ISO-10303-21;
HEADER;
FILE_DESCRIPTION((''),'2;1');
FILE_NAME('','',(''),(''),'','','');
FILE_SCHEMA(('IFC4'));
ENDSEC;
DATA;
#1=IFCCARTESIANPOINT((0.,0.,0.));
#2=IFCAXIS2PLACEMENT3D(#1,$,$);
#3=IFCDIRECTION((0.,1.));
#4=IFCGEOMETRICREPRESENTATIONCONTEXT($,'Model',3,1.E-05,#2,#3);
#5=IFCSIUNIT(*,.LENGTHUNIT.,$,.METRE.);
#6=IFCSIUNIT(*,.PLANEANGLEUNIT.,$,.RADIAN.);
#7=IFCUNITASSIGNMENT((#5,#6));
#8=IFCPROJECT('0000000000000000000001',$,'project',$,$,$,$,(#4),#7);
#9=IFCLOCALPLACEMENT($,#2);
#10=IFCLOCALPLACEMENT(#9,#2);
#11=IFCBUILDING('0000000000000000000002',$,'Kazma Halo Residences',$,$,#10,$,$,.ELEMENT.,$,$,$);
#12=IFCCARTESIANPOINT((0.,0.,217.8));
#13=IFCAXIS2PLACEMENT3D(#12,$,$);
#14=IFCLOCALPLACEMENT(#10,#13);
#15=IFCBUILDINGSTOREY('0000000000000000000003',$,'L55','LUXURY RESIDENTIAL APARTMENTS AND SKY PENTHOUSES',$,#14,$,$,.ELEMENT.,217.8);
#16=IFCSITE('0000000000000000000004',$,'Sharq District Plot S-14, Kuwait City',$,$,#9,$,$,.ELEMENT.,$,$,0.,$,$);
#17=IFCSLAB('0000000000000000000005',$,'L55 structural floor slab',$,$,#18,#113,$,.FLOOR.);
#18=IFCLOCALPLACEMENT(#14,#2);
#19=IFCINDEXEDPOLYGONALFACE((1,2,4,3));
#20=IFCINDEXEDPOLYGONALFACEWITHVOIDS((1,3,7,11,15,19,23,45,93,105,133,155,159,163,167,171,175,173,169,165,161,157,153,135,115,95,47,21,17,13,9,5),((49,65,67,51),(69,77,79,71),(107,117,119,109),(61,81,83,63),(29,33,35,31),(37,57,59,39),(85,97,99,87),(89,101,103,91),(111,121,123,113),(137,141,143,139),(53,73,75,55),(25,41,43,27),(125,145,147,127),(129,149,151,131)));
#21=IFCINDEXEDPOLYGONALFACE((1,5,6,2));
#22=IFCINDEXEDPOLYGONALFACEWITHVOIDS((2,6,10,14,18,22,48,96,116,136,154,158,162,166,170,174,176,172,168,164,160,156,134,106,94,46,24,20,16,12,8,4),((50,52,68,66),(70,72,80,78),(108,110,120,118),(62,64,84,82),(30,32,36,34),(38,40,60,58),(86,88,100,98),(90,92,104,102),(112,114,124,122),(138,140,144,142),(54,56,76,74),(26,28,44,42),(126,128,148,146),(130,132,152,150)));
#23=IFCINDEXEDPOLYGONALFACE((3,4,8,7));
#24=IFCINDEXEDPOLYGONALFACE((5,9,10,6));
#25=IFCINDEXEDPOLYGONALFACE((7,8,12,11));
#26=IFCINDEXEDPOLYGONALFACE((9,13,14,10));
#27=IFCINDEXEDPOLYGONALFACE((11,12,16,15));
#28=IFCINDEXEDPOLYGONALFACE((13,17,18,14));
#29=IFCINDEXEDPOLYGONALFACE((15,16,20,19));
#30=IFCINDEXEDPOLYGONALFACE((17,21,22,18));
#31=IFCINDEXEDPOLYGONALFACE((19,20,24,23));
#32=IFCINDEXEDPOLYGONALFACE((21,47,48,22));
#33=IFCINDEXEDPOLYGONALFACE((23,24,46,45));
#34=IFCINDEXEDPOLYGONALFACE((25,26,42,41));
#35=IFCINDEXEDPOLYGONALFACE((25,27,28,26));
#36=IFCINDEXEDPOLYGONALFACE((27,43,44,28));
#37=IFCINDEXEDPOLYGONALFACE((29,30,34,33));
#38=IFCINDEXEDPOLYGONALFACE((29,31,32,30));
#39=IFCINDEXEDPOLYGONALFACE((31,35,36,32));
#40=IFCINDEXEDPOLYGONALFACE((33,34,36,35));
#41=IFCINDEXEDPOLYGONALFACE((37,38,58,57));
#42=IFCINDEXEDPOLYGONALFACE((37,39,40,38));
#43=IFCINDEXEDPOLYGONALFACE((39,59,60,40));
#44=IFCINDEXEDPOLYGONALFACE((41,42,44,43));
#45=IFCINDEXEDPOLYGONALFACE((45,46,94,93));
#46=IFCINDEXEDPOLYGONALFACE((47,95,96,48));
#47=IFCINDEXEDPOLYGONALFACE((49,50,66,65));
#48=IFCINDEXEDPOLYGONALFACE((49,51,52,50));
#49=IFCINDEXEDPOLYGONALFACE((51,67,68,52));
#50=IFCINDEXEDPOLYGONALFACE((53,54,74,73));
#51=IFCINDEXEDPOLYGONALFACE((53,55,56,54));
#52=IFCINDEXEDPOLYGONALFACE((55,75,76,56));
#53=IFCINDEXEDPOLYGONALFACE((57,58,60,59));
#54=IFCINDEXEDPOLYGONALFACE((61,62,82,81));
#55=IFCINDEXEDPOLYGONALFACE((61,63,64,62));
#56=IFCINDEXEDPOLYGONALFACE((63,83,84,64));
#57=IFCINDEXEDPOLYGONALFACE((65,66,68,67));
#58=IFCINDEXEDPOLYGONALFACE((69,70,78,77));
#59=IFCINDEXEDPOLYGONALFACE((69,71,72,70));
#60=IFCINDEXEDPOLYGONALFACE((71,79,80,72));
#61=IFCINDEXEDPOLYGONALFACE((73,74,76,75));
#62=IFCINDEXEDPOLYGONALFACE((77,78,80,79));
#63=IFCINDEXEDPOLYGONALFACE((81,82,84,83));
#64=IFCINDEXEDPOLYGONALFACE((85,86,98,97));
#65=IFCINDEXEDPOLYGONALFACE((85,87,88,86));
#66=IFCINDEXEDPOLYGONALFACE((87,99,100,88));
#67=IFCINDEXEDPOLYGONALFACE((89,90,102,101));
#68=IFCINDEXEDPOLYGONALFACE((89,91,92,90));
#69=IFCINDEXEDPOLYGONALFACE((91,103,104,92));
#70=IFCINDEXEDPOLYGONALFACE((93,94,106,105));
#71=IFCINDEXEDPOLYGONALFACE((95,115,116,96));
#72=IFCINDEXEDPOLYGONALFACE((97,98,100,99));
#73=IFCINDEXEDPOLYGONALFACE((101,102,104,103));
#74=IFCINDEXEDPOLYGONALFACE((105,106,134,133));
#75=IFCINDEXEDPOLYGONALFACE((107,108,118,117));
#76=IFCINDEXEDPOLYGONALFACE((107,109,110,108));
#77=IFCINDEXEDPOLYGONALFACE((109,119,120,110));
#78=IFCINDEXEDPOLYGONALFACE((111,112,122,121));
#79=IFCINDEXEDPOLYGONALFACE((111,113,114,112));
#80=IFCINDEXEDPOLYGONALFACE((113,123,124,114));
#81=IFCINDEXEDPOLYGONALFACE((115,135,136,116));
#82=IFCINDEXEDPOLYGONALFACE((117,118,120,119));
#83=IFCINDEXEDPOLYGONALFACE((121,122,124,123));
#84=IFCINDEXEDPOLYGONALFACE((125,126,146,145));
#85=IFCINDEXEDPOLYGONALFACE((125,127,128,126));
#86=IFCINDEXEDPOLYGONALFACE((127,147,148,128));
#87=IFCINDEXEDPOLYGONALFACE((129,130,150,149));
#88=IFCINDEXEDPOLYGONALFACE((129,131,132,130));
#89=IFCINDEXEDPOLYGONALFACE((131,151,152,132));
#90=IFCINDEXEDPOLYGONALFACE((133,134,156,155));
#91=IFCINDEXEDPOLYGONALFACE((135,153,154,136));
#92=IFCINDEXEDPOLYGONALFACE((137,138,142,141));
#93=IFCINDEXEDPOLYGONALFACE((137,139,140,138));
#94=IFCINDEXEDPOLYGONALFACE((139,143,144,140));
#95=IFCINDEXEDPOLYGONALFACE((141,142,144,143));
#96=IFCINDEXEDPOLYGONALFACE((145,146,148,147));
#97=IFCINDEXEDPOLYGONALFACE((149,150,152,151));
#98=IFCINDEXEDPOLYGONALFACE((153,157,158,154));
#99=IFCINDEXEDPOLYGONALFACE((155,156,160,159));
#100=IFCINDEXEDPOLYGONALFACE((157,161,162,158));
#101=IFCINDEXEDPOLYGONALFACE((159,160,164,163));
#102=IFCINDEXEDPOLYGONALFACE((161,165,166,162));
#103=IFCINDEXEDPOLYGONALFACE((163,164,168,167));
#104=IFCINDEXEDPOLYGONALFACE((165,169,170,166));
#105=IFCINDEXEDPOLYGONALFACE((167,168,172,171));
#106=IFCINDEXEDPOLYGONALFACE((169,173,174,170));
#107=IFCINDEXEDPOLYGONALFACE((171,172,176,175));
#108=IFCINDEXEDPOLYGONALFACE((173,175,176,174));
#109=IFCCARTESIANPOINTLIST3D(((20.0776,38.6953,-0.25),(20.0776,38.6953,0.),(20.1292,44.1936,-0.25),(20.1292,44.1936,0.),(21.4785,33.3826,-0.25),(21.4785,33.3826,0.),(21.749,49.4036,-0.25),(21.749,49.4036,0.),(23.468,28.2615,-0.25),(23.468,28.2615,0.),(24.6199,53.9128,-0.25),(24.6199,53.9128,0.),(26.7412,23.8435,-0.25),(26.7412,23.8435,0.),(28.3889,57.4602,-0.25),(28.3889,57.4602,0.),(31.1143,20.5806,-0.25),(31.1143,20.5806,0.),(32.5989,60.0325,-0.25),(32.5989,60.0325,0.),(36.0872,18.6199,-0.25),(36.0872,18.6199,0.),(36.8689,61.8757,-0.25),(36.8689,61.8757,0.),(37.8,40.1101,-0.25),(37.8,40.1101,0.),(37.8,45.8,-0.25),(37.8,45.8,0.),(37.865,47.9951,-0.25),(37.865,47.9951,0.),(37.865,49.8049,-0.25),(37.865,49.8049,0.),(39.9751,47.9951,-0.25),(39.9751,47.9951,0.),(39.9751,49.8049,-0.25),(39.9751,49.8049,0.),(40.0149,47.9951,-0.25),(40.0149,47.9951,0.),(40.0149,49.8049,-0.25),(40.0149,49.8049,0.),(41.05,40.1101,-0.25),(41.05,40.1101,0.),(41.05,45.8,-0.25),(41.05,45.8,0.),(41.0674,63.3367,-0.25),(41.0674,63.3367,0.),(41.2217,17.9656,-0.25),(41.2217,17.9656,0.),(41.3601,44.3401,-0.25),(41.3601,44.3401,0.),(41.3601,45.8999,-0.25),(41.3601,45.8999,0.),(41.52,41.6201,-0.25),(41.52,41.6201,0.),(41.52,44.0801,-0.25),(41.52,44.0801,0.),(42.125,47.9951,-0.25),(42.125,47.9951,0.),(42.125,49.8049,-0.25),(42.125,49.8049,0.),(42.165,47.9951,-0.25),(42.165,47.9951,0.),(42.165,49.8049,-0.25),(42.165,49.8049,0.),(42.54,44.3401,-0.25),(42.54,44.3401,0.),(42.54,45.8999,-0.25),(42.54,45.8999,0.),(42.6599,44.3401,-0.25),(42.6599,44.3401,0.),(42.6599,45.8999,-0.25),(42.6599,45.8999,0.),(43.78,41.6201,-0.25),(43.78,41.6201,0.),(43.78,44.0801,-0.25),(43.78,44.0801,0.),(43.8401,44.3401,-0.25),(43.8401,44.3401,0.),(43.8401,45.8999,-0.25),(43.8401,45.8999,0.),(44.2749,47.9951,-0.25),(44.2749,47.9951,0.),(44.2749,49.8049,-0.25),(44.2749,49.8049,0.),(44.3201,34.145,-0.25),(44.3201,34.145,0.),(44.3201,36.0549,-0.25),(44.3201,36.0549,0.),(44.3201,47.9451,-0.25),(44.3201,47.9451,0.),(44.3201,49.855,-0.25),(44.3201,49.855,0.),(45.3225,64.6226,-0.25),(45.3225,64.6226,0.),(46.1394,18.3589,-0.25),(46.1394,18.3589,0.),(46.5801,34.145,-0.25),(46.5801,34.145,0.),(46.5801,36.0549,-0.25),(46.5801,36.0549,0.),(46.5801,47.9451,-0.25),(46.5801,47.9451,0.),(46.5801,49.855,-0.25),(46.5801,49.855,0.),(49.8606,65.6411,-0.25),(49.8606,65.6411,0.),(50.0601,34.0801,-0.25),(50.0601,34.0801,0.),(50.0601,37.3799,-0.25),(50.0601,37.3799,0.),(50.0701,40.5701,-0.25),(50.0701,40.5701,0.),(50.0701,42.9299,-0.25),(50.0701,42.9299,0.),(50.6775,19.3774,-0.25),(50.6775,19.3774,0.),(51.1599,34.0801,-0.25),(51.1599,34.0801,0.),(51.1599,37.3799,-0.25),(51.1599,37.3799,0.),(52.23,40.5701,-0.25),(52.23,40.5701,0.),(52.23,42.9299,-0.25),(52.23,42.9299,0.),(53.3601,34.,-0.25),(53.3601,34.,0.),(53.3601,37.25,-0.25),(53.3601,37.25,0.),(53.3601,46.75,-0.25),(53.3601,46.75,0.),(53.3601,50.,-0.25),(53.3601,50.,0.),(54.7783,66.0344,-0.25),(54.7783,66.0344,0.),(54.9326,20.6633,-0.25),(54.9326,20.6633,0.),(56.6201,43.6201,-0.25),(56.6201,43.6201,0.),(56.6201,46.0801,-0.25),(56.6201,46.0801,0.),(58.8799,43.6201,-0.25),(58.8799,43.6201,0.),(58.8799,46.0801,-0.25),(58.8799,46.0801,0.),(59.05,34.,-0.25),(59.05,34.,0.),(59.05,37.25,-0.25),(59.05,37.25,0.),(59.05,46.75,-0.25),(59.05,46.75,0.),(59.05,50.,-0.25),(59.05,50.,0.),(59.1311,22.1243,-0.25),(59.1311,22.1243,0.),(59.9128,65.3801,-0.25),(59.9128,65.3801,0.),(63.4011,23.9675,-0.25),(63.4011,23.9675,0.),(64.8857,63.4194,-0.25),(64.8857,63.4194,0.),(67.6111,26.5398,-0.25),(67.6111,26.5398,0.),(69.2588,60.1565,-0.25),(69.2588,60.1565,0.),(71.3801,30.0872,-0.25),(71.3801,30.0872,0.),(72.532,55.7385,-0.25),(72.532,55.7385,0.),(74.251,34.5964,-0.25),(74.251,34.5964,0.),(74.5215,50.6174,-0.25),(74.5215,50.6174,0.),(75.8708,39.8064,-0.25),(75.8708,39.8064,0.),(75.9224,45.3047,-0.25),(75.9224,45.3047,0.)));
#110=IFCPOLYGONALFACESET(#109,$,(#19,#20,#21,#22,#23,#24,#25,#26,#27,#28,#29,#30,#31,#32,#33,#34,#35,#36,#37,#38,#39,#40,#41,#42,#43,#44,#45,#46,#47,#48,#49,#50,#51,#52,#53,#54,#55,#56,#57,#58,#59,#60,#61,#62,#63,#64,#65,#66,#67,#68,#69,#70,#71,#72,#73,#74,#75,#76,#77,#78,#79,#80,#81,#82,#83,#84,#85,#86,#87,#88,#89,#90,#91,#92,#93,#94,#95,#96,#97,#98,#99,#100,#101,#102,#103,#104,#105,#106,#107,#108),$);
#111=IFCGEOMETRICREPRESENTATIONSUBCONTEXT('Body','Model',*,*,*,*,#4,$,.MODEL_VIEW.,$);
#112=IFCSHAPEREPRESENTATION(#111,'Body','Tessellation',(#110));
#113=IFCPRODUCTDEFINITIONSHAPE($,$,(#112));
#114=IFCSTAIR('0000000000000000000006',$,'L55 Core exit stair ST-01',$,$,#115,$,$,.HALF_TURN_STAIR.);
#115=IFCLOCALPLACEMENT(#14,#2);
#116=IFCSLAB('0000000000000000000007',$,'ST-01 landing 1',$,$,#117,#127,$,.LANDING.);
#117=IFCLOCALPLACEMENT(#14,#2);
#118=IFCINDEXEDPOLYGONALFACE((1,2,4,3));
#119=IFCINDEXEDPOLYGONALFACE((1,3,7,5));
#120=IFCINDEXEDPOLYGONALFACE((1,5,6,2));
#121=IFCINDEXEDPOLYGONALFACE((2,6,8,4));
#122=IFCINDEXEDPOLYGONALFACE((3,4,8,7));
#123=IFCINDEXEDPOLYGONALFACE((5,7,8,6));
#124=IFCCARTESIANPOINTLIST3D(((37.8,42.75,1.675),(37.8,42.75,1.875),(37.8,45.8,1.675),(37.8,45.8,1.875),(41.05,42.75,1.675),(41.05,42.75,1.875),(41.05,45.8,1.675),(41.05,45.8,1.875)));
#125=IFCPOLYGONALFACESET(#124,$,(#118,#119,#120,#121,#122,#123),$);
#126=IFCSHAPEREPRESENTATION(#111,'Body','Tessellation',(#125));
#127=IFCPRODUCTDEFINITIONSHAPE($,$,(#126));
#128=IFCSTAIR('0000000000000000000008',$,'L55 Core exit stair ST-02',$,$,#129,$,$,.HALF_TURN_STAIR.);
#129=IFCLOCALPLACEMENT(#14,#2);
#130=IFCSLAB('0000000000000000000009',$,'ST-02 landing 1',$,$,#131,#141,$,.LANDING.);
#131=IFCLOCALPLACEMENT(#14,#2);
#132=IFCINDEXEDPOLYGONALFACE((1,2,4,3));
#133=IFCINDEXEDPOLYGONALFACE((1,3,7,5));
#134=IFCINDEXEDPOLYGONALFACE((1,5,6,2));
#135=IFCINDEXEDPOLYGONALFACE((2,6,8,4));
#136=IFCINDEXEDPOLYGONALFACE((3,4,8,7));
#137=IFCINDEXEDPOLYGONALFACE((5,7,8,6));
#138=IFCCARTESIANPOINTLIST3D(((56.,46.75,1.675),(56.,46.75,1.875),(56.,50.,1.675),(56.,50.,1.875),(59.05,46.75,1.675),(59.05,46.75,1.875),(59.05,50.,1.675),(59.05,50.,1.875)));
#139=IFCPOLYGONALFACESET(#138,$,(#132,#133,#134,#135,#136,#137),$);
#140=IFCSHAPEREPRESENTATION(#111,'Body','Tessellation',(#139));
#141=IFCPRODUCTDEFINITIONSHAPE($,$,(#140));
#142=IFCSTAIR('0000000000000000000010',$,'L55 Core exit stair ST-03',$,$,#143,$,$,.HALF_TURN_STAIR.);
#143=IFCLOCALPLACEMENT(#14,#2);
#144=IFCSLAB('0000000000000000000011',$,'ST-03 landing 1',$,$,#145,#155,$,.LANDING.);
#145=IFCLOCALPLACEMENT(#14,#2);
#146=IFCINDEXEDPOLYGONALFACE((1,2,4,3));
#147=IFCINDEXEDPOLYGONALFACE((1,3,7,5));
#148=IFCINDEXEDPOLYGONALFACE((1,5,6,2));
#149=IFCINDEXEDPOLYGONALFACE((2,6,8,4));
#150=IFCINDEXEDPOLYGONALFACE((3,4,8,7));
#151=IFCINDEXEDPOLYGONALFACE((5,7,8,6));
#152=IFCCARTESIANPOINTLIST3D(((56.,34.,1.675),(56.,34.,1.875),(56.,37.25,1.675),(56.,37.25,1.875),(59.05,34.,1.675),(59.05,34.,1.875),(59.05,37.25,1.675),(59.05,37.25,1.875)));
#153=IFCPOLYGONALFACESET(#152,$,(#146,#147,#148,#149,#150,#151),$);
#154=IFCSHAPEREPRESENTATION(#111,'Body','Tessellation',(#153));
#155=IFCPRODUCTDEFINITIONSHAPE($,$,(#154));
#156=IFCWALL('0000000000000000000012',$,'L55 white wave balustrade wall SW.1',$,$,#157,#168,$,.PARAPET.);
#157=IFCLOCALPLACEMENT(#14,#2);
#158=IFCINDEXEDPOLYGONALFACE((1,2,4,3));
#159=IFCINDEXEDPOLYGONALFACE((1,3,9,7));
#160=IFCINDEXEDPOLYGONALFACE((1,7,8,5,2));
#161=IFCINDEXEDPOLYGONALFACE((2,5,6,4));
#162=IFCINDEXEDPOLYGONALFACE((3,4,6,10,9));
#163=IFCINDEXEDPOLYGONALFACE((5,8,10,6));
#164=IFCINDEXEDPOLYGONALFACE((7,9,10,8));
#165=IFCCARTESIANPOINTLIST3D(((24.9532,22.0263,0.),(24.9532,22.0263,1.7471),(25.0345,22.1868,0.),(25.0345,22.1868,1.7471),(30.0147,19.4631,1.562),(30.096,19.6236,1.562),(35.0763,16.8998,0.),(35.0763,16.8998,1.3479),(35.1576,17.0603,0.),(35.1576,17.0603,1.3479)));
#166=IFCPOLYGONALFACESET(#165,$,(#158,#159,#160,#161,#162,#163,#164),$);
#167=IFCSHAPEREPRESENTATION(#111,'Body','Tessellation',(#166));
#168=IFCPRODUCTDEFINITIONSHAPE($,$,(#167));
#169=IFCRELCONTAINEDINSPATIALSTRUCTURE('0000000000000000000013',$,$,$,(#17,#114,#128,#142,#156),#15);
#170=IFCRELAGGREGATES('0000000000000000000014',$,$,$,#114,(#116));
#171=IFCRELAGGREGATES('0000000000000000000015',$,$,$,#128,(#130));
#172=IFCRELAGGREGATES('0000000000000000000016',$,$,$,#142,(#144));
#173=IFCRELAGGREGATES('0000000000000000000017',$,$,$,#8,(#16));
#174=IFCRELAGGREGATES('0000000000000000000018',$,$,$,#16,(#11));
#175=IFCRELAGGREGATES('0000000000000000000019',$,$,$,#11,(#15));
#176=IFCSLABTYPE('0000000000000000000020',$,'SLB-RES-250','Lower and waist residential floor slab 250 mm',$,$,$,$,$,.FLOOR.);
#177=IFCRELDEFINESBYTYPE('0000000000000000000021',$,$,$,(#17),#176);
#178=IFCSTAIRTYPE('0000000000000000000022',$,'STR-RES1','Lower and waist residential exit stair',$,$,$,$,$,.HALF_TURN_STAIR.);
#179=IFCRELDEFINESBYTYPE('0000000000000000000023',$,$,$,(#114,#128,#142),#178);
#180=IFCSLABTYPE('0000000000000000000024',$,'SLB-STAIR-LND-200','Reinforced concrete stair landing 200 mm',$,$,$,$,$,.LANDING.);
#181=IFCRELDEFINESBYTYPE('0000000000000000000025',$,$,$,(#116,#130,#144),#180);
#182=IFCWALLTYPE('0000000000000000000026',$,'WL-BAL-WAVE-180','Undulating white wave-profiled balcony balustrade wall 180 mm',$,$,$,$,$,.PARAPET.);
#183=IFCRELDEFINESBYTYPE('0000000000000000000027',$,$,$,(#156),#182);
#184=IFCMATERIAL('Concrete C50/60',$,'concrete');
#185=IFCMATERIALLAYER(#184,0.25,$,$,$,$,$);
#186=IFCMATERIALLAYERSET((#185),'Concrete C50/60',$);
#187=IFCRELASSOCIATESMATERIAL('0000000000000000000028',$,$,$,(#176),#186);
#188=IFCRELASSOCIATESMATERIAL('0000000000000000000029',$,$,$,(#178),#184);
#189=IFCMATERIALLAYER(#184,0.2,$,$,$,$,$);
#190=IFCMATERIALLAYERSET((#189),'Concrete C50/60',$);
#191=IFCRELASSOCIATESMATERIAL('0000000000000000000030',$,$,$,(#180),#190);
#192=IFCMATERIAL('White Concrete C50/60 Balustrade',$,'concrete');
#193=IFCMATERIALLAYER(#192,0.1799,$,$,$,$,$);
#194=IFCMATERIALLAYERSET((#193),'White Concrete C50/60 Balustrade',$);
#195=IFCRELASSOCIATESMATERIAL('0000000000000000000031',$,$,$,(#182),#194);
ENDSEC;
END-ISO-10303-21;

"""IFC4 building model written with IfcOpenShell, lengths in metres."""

from ifc_helpers import new_model, si_unit, direction, frame, origin, place, context, subcontext, project, spatial, polyline, outline, extrude, material, layer, layer_set, type_object, element, aggregate, save


model = new_model("IFC4")

# Units and contexts
model_context = context("Model", 3, precision=1e-05, world=origin(), true_north=direction((0.0, 1.0)))
body_context = subcontext(model_context, "Body", "Model", "MODEL_VIEW")
ifc_project = project(units=[si_unit("LENGTHUNIT", "METRE"), si_unit("PLANEANGLEUNIT", "RADIAN")], contexts=[model_context])

# Site, building, storey
site_placement = place(None, origin())
site = spatial("IfcSite", under=ifc_project, at=site_placement, Name="Sharq District Plot S-14, Kuwait City", CompositionType="ELEMENT", RefElevation=0.0)
building_placement = place(site_placement, origin())
building = spatial("IfcBuilding", under=site, at=building_placement, Name="Kazma Halo Residences", CompositionType="ELEMENT")
storey_placement = place(building_placement, frame((0.0, 0.0, 217.8)))
storey = spatial("IfcBuildingStorey", under=building, at=storey_placement, Name="L55", Description="LUXURY RESIDENTIAL APARTMENTS AND SKY PENTHOUSES", CompositionType="ELEMENT", Elevation=217.8)

# Slab
ifc_material_1 = material(Name="Concrete C50/60", Category="concrete")
ifc_layer_1 = layer(ifc_material_1, 0.25)
ifc_layer_set_1 = layer_set([ifc_layer_1], Name="Concrete C50/60")
slab_type_1 = type_object("IfcSlabType", Name="SLB-RES-250", Description="Lower and waist residential floor slab 250 mm", PredefinedType="FLOOR", material=ifc_layer_set_1)
slab_1_placement = place(storey_placement, frame((0.0, 0.0, -0.25)))
element("IfcSlab", 1, at=slab_1_placement, inside=storey, type_object=slab_type_1, Name="L55 structural floor slab", PredefinedType="FLOOR", context=body_context, shape_type="SweptSolid", body=[
    extrude(outline(polyline([(74.5215, 50.6174), (72.532, 55.7385), (69.2588, 60.1565), (64.8857, 63.4194), (59.9128, 65.3801), (54.7783, 66.0344), (49.8606, 65.6411), (45.3225, 64.6226), (41.0674, 63.3367), (36.8689, 61.8757), (32.5989, 60.0325), (28.3889, 57.4602), (24.6199, 53.9128), (21.749, 49.4036), (20.1292, 44.1936), (20.0776, 38.6953), (21.4785, 33.3826), (23.468, 28.2615), (26.7412, 23.8435), (31.1143, 20.5806), (36.0872, 18.6199), (41.2217, 17.9656), (46.1394, 18.3589), (50.6775, 19.3774), (54.9326, 20.6633), (59.1311, 22.1243), (63.4011, 23.9675), (67.6111, 26.5398), (71.3801, 30.0872), (74.251, 34.5964), (75.8708, 39.8064), (75.9224, 45.3047), (74.5215, 50.6174)]), holes=[polyline([(37.8, 40.1101), (41.05, 40.1101), (41.05, 45.8), (37.8, 45.8), (37.8, 40.1101)]), polyline([(53.3601, 46.75), (59.05, 46.75), (59.05, 50.0), (53.3601, 50.0), (53.3601, 46.75)]), polyline([(53.3601, 34.0), (59.05, 34.0), (59.05, 37.25), (53.3601, 37.25), (53.3601, 34.0)]), polyline([(41.52, 41.6201), (43.78, 41.6201), (43.78, 44.0801), (41.52, 44.0801), (41.52, 41.6201)]), polyline([(56.6201, 43.6201), (58.8799, 43.6201), (58.8799, 46.0801), (56.6201, 46.0801), (56.6201, 43.6201)]), polyline([(37.865, 47.9951), (39.9751, 47.9951), (39.9751, 49.8049), (37.865, 49.8049), (37.865, 47.9951)]), polyline([(40.0149, 47.9951), (42.125, 47.9951), (42.125, 49.8049), (40.0149, 49.8049), (40.0149, 47.9951)]), polyline([(42.165, 47.9951), (44.2749, 47.9951), (44.2749, 49.8049), (42.165, 49.8049), (42.165, 47.9951)]), polyline([(44.3201, 47.9451), (46.5801, 47.9451), (46.5801, 49.855), (44.3201, 49.855), (44.3201, 47.9451)]), polyline([(44.3201, 34.145), (46.5801, 34.145), (46.5801, 36.0549), (44.3201, 36.0549), (44.3201, 34.145)]), polyline([(50.0701, 40.5701), (52.23, 40.5701), (52.23, 42.9299), (50.0701, 42.9299), (50.0701, 40.5701)]), polyline([(41.3601, 44.3401), (42.54, 44.3401), (42.54, 45.8999), (41.3601, 45.8999), (41.3601, 44.3401)]), polyline([(42.6599, 44.3401), (43.8401, 44.3401), (43.8401, 45.8999), (42.6599, 45.8999), (42.6599, 44.3401)]), polyline([(50.0601, 34.0801), (51.1599, 34.0801), (51.1599, 37.3799), (50.0601, 37.3799), (50.0601, 34.0801)])]), origin(), (0.0, 0.0, 1.0), 0.25),
])

# Stairs, slabs
stair_type = type_object("IfcStairType", Name="STR-RES1", Description="Lower and waist residential exit stair", PredefinedType="HALF_TURN_STAIR", material=ifc_material_1)
stair_1_placement = place(storey_placement, origin())
stair_1 = element("IfcStair", 2, at=stair_1_placement, inside=storey, type_object=stair_type, Name="L55 Core exit stair ST-01", PredefinedType="HALF_TURN_STAIR")
ifc_layer_2 = layer(ifc_material_1, 0.2)
ifc_layer_set_2 = layer_set([ifc_layer_2], Name="Concrete C50/60")
slab_type_2 = type_object("IfcSlabType", Name="SLB-STAIR-LND-200", Description="Reinforced concrete stair landing 200 mm", PredefinedType="LANDING", material=ifc_layer_set_2)
slab_2_placement = place(storey_placement, frame((0.0, 0.0, 1.675)))
slab_2 = element("IfcSlab", 3, at=slab_2_placement, type_object=slab_type_2, Name="ST-01 landing 1", PredefinedType="LANDING", context=body_context, shape_type="SweptSolid", body=[
    extrude(outline(polyline([(41.05, 42.75), (41.05, 45.8), (37.8, 45.8), (37.8, 42.75), (41.05, 42.75)])), origin(), (0.0, 0.0, 1.0), 0.2),
])
aggregate(stair_1, [slab_2])
stair_2_placement = place(storey_placement, origin())
stair_2 = element("IfcStair", 4, at=stair_2_placement, inside=storey, type_object=stair_type, Name="L55 Core exit stair ST-02", PredefinedType="HALF_TURN_STAIR")
slab_3_placement = place(storey_placement, frame((0.0, 0.0, 1.675)))
slab_3 = element("IfcSlab", 5, at=slab_3_placement, type_object=slab_type_2, Name="ST-02 landing 1", PredefinedType="LANDING", context=body_context, shape_type="SweptSolid", body=[
    extrude(outline(polyline([(56.0, 46.75), (59.05, 46.75), (59.05, 50.0), (56.0, 50.0), (56.0, 46.75)])), origin(), (0.0, 0.0, 1.0), 0.2),
])
aggregate(stair_2, [slab_3])
stair_3_placement = place(storey_placement, origin())
stair_3 = element("IfcStair", 6, at=stair_3_placement, inside=storey, type_object=stair_type, Name="L55 Core exit stair ST-03", PredefinedType="HALF_TURN_STAIR")
slab_4_placement = place(storey_placement, frame((0.0, 0.0, 1.675)))
slab_4 = element("IfcSlab", 7, at=slab_4_placement, type_object=slab_type_2, Name="ST-03 landing 1", PredefinedType="LANDING", context=body_context, shape_type="SweptSolid", body=[
    extrude(outline(polyline([(56.0, 34.0), (59.05, 34.0), (59.05, 37.25), (56.0, 37.25), (56.0, 34.0)])), origin(), (0.0, 0.0, 1.0), 0.2),
])
aggregate(stair_3, [slab_4])

# Wall
ifc_material_2 = material(Name="White Concrete C50/60 Balustrade", Category="concrete")
ifc_layer_3 = layer(ifc_material_2, 0.1799)
ifc_layer_set_3 = layer_set([ifc_layer_3], Name="White Concrete C50/60 Balustrade")
wall_type_1 = type_object("IfcWallType", Name="WL-BAL-WAVE-180", Description="Undulating white wave-profiled balcony balustrade wall 180 mm", PredefinedType="PARAPET", material=ifc_layer_set_3)
wall_1_placement = place(storey_placement, frame((24.9939, 22.1067, 0.0), z_axis=(0.0, 0.0, 1.0), x_axis=(0.892126, -0.451786, 0.0)))
element("IfcWall", 8, at=wall_1_placement, inside=storey, type_object=wall_type_1, Name="L55 white wave balustrade wall SW.1", PredefinedType="PARAPET", context=body_context, shape_type="SweptSolid", body=[
    extrude(outline(polyline([(0.0, 0.0), (11.3472, 0.0), (11.3472, 1.3479), (5.6736, 1.562), (0.0, 1.7471), (0.0, 0.0)])), frame((0.0, 0.0898, 0.0), z_axis=(0.0, -1.0, 0.0), x_axis=(1.0, 0.0, 0.0)), (0.0, 0.0, 1.0), 0.1799),
])

save(model, "model.ifc")
